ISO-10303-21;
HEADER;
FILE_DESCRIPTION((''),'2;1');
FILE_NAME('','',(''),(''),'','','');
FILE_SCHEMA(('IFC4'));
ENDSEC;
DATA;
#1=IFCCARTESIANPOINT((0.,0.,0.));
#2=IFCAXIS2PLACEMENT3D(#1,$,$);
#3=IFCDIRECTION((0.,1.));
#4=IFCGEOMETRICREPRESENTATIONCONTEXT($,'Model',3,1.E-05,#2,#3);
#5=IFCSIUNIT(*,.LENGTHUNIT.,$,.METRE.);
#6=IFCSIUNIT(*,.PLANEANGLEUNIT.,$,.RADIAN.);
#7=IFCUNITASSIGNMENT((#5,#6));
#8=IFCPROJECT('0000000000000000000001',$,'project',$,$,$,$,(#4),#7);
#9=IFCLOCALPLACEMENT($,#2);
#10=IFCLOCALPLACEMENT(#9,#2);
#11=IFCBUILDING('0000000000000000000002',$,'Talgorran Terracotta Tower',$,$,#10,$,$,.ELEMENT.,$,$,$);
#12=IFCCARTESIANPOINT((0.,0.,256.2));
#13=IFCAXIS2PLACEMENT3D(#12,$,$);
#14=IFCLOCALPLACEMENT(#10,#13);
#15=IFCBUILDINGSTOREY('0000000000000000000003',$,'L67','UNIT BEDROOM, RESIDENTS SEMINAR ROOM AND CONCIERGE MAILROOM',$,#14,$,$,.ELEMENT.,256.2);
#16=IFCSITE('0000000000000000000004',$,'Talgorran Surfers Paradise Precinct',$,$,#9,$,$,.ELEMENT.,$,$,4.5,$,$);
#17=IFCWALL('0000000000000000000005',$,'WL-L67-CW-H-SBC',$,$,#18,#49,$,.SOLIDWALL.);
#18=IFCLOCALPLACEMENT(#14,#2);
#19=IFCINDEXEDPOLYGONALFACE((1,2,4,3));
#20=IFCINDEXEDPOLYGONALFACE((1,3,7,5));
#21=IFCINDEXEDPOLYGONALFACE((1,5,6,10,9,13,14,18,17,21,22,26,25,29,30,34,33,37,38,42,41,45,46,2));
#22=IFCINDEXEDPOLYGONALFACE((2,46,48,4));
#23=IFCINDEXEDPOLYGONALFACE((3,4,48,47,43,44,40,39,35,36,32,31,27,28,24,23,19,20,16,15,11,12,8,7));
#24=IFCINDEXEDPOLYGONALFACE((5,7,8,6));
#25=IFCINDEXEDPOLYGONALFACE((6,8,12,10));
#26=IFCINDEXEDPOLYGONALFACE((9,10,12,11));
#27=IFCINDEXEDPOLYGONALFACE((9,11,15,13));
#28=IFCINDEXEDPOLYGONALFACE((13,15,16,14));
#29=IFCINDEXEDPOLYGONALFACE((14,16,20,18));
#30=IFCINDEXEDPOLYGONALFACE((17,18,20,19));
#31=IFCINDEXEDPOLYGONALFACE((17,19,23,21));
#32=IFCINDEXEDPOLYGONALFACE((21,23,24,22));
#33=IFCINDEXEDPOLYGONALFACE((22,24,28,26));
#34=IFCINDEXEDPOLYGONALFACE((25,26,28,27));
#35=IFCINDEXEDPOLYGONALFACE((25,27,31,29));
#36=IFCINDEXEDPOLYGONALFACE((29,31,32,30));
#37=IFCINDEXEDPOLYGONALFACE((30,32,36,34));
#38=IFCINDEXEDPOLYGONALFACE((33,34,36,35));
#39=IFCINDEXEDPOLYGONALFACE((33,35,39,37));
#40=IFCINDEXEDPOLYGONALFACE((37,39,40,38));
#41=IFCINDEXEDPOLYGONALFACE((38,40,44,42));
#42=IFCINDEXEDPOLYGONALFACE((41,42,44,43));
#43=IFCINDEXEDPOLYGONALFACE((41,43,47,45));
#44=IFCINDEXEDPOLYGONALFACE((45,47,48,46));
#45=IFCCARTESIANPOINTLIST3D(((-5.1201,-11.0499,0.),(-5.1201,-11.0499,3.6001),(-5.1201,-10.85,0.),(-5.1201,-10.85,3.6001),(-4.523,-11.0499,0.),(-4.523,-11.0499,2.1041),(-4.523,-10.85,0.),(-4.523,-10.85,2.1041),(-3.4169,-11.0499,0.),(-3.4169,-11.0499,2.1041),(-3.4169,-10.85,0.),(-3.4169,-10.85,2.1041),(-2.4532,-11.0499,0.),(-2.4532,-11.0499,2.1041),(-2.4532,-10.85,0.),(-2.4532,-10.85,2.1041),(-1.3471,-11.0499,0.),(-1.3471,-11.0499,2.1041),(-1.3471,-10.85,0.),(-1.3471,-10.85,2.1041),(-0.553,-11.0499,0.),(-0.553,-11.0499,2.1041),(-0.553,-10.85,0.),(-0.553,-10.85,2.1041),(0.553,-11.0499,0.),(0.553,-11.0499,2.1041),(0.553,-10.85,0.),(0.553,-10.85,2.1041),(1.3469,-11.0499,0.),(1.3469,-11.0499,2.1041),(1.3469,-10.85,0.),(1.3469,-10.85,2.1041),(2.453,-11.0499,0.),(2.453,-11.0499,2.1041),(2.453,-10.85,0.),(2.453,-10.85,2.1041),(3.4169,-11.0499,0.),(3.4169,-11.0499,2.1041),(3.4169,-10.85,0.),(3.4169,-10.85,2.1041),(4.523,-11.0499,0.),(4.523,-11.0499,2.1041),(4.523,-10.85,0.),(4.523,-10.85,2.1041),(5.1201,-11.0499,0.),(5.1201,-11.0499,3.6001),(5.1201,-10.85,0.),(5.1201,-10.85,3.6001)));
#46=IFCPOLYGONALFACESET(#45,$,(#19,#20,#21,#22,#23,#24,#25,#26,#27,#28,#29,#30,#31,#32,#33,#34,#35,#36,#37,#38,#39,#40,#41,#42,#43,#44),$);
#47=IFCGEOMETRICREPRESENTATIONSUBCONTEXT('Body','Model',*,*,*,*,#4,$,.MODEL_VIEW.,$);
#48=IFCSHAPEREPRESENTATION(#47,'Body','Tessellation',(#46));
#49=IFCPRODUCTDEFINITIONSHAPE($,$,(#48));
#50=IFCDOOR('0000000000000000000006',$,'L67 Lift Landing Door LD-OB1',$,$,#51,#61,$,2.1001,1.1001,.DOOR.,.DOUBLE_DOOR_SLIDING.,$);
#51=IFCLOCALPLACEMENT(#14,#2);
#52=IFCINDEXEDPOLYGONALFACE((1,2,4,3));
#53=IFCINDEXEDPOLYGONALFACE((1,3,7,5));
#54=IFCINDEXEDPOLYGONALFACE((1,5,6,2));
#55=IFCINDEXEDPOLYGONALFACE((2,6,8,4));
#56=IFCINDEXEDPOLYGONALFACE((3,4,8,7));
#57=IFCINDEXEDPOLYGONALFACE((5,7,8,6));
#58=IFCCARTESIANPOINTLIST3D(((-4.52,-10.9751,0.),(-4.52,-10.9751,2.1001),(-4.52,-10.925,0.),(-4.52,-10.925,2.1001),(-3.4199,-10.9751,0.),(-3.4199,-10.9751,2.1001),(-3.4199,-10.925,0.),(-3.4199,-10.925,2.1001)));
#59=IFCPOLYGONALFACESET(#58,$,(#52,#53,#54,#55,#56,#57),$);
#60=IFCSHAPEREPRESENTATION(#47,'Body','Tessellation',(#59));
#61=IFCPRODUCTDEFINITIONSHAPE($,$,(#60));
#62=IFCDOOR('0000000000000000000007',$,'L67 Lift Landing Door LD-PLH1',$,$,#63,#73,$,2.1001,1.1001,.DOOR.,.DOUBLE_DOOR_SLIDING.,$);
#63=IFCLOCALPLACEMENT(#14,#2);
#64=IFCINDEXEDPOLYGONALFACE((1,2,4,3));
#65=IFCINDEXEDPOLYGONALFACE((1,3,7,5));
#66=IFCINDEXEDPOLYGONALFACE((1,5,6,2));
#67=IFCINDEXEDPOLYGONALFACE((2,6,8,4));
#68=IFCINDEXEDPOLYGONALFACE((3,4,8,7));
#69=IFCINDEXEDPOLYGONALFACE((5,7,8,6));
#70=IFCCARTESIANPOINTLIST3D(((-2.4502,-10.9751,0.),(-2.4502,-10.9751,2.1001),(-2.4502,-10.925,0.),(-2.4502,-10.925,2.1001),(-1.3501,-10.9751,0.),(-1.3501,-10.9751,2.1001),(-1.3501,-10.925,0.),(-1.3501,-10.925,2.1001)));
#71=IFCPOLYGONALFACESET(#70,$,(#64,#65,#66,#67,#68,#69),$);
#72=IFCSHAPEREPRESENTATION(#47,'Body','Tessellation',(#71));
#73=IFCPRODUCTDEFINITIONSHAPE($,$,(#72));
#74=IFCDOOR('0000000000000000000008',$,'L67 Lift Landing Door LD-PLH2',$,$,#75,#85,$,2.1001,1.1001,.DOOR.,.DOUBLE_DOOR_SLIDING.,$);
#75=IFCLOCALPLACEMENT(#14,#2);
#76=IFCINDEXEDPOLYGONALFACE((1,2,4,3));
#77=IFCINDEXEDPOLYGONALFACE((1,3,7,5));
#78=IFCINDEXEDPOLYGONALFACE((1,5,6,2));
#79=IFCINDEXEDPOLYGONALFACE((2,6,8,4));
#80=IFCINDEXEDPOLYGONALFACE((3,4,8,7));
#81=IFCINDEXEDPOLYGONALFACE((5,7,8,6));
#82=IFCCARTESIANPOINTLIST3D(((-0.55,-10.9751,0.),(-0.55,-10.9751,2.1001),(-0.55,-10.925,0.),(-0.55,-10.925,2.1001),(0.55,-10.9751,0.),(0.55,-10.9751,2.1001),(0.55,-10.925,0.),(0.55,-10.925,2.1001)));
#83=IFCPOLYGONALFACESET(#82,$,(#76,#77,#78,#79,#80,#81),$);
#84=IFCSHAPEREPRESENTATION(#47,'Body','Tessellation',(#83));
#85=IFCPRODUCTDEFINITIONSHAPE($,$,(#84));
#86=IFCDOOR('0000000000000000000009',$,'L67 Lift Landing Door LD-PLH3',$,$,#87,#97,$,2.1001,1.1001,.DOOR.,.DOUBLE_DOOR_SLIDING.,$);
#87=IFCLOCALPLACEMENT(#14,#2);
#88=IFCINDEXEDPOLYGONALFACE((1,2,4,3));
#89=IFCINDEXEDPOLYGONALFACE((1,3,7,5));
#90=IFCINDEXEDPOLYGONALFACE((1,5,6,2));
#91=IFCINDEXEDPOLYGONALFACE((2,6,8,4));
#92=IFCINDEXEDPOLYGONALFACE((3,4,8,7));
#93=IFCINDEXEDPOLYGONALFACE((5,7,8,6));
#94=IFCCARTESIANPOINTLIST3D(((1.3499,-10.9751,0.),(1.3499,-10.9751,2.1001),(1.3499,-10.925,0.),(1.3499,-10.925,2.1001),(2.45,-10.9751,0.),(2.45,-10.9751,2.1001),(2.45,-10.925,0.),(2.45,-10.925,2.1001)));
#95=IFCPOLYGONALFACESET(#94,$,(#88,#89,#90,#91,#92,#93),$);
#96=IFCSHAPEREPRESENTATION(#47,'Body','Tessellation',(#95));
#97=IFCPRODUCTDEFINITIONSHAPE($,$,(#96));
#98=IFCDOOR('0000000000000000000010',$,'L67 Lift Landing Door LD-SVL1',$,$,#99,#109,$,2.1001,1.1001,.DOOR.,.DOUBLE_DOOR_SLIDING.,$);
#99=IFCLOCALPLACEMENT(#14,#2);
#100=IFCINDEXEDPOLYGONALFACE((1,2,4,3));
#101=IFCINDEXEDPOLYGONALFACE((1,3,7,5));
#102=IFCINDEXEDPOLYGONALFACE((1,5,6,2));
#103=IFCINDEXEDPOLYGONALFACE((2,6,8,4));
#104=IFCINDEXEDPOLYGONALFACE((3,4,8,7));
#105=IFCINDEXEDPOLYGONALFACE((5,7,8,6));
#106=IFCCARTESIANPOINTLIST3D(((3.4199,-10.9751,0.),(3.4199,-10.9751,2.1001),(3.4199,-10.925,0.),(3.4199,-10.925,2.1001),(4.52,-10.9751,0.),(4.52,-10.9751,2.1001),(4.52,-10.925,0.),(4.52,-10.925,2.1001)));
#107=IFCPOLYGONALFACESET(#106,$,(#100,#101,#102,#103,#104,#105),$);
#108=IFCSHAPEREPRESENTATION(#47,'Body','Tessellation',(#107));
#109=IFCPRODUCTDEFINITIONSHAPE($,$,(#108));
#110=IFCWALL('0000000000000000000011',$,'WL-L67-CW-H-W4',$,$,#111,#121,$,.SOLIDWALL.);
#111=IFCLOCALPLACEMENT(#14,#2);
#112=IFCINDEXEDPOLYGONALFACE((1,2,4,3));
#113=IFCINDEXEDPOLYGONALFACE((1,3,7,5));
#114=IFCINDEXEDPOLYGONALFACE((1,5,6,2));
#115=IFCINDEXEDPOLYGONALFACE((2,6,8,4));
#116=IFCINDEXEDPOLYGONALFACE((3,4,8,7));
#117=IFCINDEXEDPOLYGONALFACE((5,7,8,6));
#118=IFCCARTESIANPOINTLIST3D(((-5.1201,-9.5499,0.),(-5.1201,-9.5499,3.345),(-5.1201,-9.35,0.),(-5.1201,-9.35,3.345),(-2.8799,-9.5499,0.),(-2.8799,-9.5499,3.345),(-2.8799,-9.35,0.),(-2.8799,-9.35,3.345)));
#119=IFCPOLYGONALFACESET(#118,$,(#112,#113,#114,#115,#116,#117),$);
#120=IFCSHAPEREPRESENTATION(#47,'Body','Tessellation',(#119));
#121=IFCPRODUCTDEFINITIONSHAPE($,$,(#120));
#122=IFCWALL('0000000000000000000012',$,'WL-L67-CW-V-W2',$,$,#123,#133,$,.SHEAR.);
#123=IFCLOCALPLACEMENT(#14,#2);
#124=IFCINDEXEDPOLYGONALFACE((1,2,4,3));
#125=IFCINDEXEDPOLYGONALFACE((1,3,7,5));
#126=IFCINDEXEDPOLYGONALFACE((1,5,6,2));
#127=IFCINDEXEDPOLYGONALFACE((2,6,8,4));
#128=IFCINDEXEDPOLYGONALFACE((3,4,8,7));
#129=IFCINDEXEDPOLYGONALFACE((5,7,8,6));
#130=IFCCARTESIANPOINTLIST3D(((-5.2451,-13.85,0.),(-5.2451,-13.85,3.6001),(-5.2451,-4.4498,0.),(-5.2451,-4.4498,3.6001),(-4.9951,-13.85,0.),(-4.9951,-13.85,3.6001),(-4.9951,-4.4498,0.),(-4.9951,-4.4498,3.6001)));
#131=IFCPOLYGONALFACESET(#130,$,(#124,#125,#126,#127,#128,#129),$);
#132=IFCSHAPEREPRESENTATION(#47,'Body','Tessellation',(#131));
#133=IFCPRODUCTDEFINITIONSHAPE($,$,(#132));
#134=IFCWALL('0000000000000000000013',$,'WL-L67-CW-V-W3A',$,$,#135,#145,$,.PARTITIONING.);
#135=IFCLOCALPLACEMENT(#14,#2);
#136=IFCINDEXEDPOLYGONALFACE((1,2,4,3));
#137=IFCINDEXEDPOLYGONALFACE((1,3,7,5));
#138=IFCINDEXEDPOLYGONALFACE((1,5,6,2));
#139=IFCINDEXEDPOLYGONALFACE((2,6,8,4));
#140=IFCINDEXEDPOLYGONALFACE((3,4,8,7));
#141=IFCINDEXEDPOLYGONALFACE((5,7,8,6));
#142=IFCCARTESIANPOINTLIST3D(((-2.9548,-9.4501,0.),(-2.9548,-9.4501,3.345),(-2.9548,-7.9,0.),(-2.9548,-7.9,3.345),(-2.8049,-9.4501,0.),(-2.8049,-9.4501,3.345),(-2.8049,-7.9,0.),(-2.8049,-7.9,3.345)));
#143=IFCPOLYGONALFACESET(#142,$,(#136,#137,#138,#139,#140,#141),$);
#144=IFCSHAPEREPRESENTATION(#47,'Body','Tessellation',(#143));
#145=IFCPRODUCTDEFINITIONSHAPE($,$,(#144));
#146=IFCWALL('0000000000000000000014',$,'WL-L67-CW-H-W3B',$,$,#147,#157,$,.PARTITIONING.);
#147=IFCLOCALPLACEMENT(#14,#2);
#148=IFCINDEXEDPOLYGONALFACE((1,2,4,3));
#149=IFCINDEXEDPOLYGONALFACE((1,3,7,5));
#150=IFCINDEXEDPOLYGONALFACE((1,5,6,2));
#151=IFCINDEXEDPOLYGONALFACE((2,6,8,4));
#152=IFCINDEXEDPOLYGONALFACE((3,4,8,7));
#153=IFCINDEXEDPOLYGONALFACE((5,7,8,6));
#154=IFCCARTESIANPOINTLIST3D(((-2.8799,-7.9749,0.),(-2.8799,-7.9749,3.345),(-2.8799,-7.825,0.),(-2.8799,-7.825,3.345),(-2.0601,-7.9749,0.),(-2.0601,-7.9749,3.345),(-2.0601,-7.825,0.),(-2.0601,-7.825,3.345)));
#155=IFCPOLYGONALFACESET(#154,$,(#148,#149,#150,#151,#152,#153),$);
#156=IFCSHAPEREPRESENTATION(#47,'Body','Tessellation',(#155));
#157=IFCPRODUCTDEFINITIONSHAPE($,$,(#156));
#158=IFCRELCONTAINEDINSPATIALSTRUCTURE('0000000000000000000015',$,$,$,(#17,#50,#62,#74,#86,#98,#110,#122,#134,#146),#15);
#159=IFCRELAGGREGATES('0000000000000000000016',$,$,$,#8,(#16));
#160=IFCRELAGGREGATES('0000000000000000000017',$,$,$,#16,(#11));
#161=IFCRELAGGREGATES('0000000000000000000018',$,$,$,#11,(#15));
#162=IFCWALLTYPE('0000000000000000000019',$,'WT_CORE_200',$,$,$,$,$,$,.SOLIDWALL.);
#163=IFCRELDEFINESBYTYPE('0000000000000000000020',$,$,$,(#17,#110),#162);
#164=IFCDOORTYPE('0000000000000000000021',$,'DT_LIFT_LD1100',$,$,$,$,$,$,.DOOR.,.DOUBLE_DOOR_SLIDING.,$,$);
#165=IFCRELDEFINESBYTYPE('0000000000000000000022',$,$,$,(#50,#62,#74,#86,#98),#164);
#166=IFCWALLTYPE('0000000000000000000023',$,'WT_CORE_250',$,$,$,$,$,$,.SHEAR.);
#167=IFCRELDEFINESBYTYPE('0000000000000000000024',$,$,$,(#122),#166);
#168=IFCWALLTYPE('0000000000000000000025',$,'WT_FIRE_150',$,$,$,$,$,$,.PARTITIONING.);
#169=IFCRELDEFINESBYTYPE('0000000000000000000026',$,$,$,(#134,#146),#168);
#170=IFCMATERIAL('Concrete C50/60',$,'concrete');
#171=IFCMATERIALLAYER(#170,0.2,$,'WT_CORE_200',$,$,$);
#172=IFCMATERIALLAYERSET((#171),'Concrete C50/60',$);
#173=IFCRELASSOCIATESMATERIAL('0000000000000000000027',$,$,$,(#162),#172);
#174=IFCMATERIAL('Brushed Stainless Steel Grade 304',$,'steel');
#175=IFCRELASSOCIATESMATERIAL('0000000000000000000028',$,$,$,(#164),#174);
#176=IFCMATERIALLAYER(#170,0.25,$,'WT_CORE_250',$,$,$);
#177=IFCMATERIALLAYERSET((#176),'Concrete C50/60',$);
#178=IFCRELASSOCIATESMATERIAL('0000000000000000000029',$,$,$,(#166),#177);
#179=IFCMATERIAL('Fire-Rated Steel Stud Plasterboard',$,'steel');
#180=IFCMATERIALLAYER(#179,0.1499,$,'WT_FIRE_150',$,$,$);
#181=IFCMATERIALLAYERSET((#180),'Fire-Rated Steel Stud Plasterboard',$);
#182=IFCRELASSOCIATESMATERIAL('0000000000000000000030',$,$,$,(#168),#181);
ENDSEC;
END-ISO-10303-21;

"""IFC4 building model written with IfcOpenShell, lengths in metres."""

from ifc_helpers import new_model, si_unit, direction, frame, frame_2d, origin, place, context, subcontext, project, spatial, rectangle, extrude, material, layer, layer_set, type_object, element, fill, save


model = new_model("IFC4")

# Units and contexts
model_context = context("Model", 3, precision=1e-05, world=origin(), true_north=direction((0.0, 1.0)))
body_context = subcontext(model_context, "Body", "Model", "MODEL_VIEW")
ifc_project = project(units=[si_unit("LENGTHUNIT", "METRE"), si_unit("PLANEANGLEUNIT", "RADIAN")], contexts=[model_context])

# Site, building, storey
site_placement = place(None, origin())
site = spatial("IfcSite", under=ifc_project, at=site_placement, Name="Talgorran Surfers Paradise Precinct", CompositionType="ELEMENT", RefElevation=4.5)
building_placement = place(site_placement, origin())
building = spatial("IfcBuilding", under=site, at=building_placement, Name="Talgorran Terracotta Tower", CompositionType="ELEMENT")
storey_placement = place(building_placement, frame((0.0, 0.0, 256.2)))
storey = spatial("IfcBuildingStorey", under=building, at=storey_placement, Name="L67", Description="UNIT BEDROOM, RESIDENTS SEMINAR ROOM AND CONCIERGE MAILROOM", CompositionType="ELEMENT", Elevation=256.2)

# Shared definitions
ifc_material_1 = material(Name="Concrete C50/60", Category="concrete")

# Wall, openings, doors
ifc_layer_1 = layer(ifc_material_1, 0.2, Name="WT_CORE_200")
ifc_layer_set_1 = layer_set([ifc_layer_1], Name="Concrete C50/60")
wall_type_1 = type_object("IfcWallType", Name="WT_CORE_200", PredefinedType="SOLIDWALL", material=ifc_layer_set_1)
wall_1_placement = place(storey_placement, frame((-5.1201, -10.95, 0.0), z_axis=(0.0, 0.0, 1.0), x_axis=(1.0, 0.0, 0.0)))
wall_1 = element("IfcWall", 1, at=wall_1_placement, inside=storey, type_object=wall_type_1, Name="WL-L67-CW-H-SBC", PredefinedType="SOLIDWALL", context=body_context, shape_type="SweptSolid", body=[
    extrude(rectangle(XDim=10.2402, YDim=0.2, at=frame_2d((5.1201, 0.0))), origin(), (0.0, 0.0, 1.0), 3.6001),
])
opening_1_placement = place(wall_1_placement, frame((0.6001, 0.0, 0.0)))
opening_1 = element("IfcOpeningElement", 2, at=opening_1_placement, cuts=wall_1, PredefinedType="OPENING", context=body_context, shape_type="SweptSolid", body=[
    extrude(rectangle(XDim=1.1061, YDim=2.1041, at=frame_2d((0.55, 1.052))), frame((0.0, 0.1099, 0.0), z_axis=(0.0, -1.0, 0.0), x_axis=(1.0, 0.0, 0.0)), (0.0, 0.0, 1.0), 0.22),
])
opening_2_placement = place(wall_1_placement, frame((2.6699, 0.0, 0.0)))
opening_2 = element("IfcOpeningElement", 3, at=opening_2_placement, cuts=wall_1, PredefinedType="OPENING", context=body_context, shape_type="SweptSolid", body=[
    extrude(rectangle(XDim=1.1061, YDim=2.1041, at=frame_2d((0.55, 1.052))), frame((0.0, 0.1099, 0.0), z_axis=(0.0, -1.0, 0.0), x_axis=(1.0, 0.0, 0.0)), (0.0, 0.0, 1.0), 0.22),
])
opening_3_placement = place(wall_1_placement, frame((4.5701, 0.0, 0.0)))
opening_3 = element("IfcOpeningElement", 4, at=opening_3_placement, cuts=wall_1, PredefinedType="OPENING", context=body_context, shape_type="SweptSolid", body=[
    extrude(rectangle(XDim=1.1061, YDim=2.1041, at=frame_2d((0.55, 1.052))), frame((0.0, 0.1099, 0.0), z_axis=(0.0, -1.0, 0.0), x_axis=(1.0, 0.0, 0.0)), (0.0, 0.0, 1.0), 0.22),
])
opening_4_placement = place(wall_1_placement, frame((6.47, 0.0, 0.0)))
opening_4 = element("IfcOpeningElement", 5, at=opening_4_placement, cuts=wall_1, PredefinedType="OPENING", context=body_context, shape_type="SweptSolid", body=[
    extrude(rectangle(XDim=1.1061, YDim=2.1041, at=frame_2d((0.55, 1.052))), frame((0.0, 0.1099, 0.0), z_axis=(0.0, -1.0, 0.0), x_axis=(1.0, 0.0, 0.0)), (0.0, 0.0, 1.0), 0.22),
])
opening_5_placement = place(wall_1_placement, frame((8.54, 0.0, 0.0)))
opening_5 = element("IfcOpeningElement", 6, at=opening_5_placement, cuts=wall_1, PredefinedType="OPENING", context=body_context, shape_type="SweptSolid", body=[
    extrude(rectangle(XDim=1.1061, YDim=2.1041, at=frame_2d((0.55, 1.052))), frame((0.0, 0.1099, 0.0), z_axis=(0.0, -1.0, 0.0), x_axis=(1.0, 0.0, 0.0)), (0.0, 0.0, 1.0), 0.22),
])
ifc_material_2 = material(Name="Brushed Stainless Steel Grade 304", Category="steel")
door_type_1 = type_object("IfcDoorType", Name="DT_LIFT_LD1100", OperationType="DOUBLE_DOOR_SLIDING", PredefinedType="DOOR", material=ifc_material_2)
door_1_placement = place(opening_1_placement, origin())
door_1 = element("IfcDoor", 7, at=door_1_placement, inside=storey, type_object=door_type_1, Name="L67 Lift Landing Door LD-OB1", OperationType="DOUBLE_DOOR_SLIDING", OverallHeight=2.1001, OverallWidth=1.1001, PredefinedType="DOOR", context=body_context, shape_type="SweptSolid", body=[
    extrude(rectangle(XDim=1.1001, YDim=2.1001, at=frame_2d((0.55, 1.05))), frame((0.0, 0.0249, 0.0), z_axis=(0.0, -1.0, 0.0), x_axis=(1.0, 0.0, 0.0)), (0.0, 0.0, 1.0), 0.05),
])
fill(opening_1, door_1)
door_2_placement = place(opening_2_placement, origin())
door_2 = element("IfcDoor", 8, at=door_2_placement, inside=storey, type_object=door_type_1, Name="L67 Lift Landing Door LD-PLH1", OperationType="DOUBLE_DOOR_SLIDING", OverallHeight=2.1001, OverallWidth=1.1001, PredefinedType="DOOR", context=body_context, shape_type="SweptSolid", body=[
    extrude(rectangle(XDim=1.1001, YDim=2.1001, at=frame_2d((0.55, 1.05))), frame((0.0, 0.0249, 0.0), z_axis=(0.0, -1.0, 0.0), x_axis=(1.0, 0.0, 0.0)), (0.0, 0.0, 1.0), 0.05),
])
fill(opening_2, door_2)
door_3_placement = place(opening_3_placement, origin())
door_3 = element("IfcDoor", 9, at=door_3_placement, inside=storey, type_object=door_type_1, Name="L67 Lift Landing Door LD-PLH2", OperationType="DOUBLE_DOOR_SLIDING", OverallHeight=2.1001, OverallWidth=1.1001, PredefinedType="DOOR", context=body_context, shape_type="SweptSolid", body=[
    extrude(rectangle(XDim=1.1001, YDim=2.1001, at=frame_2d((0.55, 1.05))), frame((0.0, 0.0249, 0.0), z_axis=(0.0, -1.0, 0.0), x_axis=(1.0, 0.0, 0.0)), (0.0, 0.0, 1.0), 0.05),
])
fill(opening_3, door_3)
door_4_placement = place(opening_4_placement, origin())
door_4 = element("IfcDoor", 10, at=door_4_placement, inside=storey, type_object=door_type_1, Name="L67 Lift Landing Door LD-PLH3", OperationType="DOUBLE_DOOR_SLIDING", OverallHeight=2.1001, OverallWidth=1.1001, PredefinedType="DOOR", context=body_context, shape_type="SweptSolid", body=[
    extrude(rectangle(XDim=1.1001, YDim=2.1001, at=frame_2d((0.55, 1.05))), frame((0.0, 0.0249, 0.0), z_axis=(0.0, -1.0, 0.0), x_axis=(1.0, 0.0, 0.0)), (0.0, 0.0, 1.0), 0.05),
])
fill(opening_4, door_4)
door_5_placement = place(opening_5_placement, origin())
door_5 = element("IfcDoor", 11, at=door_5_placement, inside=storey, type_object=door_type_1, Name="L67 Lift Landing Door LD-SVL1", OperationType="DOUBLE_DOOR_SLIDING", OverallHeight=2.1001, OverallWidth=1.1001, PredefinedType="DOOR", context=body_context, shape_type="SweptSolid", body=[
    extrude(rectangle(XDim=1.1001, YDim=2.1001, at=frame_2d((0.55, 1.05))), frame((0.0, 0.0249, 0.0), z_axis=(0.0, -1.0, 0.0), x_axis=(1.0, 0.0, 0.0)), (0.0, 0.0, 1.0), 0.05),
])
fill(opening_5, door_5)

# Walls
wall_2_placement = place(storey_placement, frame((-5.1201, -9.45, 0.0), z_axis=(0.0, 0.0, 1.0), x_axis=(1.0, 0.0, 0.0)))
element("IfcWall", 12, at=wall_2_placement, inside=storey, type_object=wall_type_1, Name="WL-L67-CW-H-W4", PredefinedType="SOLIDWALL", context=body_context, shape_type="SweptSolid", body=[
    extrude(rectangle(XDim=2.2402, YDim=0.2, at=frame_2d((1.1201, 0.0))), origin(), (0.0, 0.0, 1.0), 3.345),
])
ifc_layer_2 = layer(ifc_material_1, 0.25, Name="WT_CORE_250")
ifc_layer_set_2 = layer_set([ifc_layer_2], Name="Concrete C50/60")
wall_type_2 = type_object("IfcWallType", Name="WT_CORE_250", PredefinedType="SHEAR", material=ifc_layer_set_2)
wall_3_placement = place(storey_placement, frame((-5.1201, -13.8501, 0.0), z_axis=(0.0, 0.0, 1.0), x_axis=(0.0, 1.0, 0.0)))
element("IfcWall", 13, at=wall_3_placement, inside=storey, type_object=wall_type_2, Name="WL-L67-CW-V-W2", PredefinedType="SHEAR", context=body_context, shape_type="SweptSolid", body=[
    extrude(rectangle(XDim=9.4001, YDim=0.25, at=frame_2d((4.7002, 0.0))), origin(), (0.0, 0.0, 1.0), 3.6001),
])
ifc_material_3 = material(Name="Fire-Rated Steel Stud Plasterboard", Category="steel")
ifc_layer_3 = layer(ifc_material_3, 0.1499, Name="WT_FIRE_150")
ifc_layer_set_3 = layer_set([ifc_layer_3], Name="Fire-Rated Steel Stud Plasterboard")
wall_type_3 = type_object("IfcWallType", Name="WT_FIRE_150", PredefinedType="PARTITIONING", material=ifc_layer_set_3)
wall_4_placement = place(storey_placement, frame((-2.8799, -9.45, 0.0), z_axis=(0.0, 0.0, 1.0), x_axis=(0.0, 1.0, 0.0)))
element("IfcWall", 14, at=wall_4_placement, inside=storey, type_object=wall_type_3, Name="WL-L67-CW-V-W3A", PredefinedType="PARTITIONING", context=body_context, shape_type="SweptSolid", body=[
    extrude(rectangle(XDim=1.55, YDim=0.1499, at=frame_2d((0.7749, 0.0))), origin(), (0.0, 0.0, 1.0), 3.345),
])
wall_5_placement = place(storey_placement, frame((-2.8799, -7.8999, 0.0), z_axis=(0.0, 0.0, 1.0), x_axis=(1.0, 0.0, 0.0)))
element("IfcWall", 15, at=wall_5_placement, inside=storey, type_object=wall_type_3, Name="WL-L67-CW-H-W3B", PredefinedType="PARTITIONING", context=body_context, shape_type="SweptSolid", body=[
    extrude(rectangle(XDim=0.8198, YDim=0.1499, at=frame_2d((0.4099, 0.0))), origin(), (0.0, 0.0, 1.0), 3.345),
])

save(model, "model.ifc")
